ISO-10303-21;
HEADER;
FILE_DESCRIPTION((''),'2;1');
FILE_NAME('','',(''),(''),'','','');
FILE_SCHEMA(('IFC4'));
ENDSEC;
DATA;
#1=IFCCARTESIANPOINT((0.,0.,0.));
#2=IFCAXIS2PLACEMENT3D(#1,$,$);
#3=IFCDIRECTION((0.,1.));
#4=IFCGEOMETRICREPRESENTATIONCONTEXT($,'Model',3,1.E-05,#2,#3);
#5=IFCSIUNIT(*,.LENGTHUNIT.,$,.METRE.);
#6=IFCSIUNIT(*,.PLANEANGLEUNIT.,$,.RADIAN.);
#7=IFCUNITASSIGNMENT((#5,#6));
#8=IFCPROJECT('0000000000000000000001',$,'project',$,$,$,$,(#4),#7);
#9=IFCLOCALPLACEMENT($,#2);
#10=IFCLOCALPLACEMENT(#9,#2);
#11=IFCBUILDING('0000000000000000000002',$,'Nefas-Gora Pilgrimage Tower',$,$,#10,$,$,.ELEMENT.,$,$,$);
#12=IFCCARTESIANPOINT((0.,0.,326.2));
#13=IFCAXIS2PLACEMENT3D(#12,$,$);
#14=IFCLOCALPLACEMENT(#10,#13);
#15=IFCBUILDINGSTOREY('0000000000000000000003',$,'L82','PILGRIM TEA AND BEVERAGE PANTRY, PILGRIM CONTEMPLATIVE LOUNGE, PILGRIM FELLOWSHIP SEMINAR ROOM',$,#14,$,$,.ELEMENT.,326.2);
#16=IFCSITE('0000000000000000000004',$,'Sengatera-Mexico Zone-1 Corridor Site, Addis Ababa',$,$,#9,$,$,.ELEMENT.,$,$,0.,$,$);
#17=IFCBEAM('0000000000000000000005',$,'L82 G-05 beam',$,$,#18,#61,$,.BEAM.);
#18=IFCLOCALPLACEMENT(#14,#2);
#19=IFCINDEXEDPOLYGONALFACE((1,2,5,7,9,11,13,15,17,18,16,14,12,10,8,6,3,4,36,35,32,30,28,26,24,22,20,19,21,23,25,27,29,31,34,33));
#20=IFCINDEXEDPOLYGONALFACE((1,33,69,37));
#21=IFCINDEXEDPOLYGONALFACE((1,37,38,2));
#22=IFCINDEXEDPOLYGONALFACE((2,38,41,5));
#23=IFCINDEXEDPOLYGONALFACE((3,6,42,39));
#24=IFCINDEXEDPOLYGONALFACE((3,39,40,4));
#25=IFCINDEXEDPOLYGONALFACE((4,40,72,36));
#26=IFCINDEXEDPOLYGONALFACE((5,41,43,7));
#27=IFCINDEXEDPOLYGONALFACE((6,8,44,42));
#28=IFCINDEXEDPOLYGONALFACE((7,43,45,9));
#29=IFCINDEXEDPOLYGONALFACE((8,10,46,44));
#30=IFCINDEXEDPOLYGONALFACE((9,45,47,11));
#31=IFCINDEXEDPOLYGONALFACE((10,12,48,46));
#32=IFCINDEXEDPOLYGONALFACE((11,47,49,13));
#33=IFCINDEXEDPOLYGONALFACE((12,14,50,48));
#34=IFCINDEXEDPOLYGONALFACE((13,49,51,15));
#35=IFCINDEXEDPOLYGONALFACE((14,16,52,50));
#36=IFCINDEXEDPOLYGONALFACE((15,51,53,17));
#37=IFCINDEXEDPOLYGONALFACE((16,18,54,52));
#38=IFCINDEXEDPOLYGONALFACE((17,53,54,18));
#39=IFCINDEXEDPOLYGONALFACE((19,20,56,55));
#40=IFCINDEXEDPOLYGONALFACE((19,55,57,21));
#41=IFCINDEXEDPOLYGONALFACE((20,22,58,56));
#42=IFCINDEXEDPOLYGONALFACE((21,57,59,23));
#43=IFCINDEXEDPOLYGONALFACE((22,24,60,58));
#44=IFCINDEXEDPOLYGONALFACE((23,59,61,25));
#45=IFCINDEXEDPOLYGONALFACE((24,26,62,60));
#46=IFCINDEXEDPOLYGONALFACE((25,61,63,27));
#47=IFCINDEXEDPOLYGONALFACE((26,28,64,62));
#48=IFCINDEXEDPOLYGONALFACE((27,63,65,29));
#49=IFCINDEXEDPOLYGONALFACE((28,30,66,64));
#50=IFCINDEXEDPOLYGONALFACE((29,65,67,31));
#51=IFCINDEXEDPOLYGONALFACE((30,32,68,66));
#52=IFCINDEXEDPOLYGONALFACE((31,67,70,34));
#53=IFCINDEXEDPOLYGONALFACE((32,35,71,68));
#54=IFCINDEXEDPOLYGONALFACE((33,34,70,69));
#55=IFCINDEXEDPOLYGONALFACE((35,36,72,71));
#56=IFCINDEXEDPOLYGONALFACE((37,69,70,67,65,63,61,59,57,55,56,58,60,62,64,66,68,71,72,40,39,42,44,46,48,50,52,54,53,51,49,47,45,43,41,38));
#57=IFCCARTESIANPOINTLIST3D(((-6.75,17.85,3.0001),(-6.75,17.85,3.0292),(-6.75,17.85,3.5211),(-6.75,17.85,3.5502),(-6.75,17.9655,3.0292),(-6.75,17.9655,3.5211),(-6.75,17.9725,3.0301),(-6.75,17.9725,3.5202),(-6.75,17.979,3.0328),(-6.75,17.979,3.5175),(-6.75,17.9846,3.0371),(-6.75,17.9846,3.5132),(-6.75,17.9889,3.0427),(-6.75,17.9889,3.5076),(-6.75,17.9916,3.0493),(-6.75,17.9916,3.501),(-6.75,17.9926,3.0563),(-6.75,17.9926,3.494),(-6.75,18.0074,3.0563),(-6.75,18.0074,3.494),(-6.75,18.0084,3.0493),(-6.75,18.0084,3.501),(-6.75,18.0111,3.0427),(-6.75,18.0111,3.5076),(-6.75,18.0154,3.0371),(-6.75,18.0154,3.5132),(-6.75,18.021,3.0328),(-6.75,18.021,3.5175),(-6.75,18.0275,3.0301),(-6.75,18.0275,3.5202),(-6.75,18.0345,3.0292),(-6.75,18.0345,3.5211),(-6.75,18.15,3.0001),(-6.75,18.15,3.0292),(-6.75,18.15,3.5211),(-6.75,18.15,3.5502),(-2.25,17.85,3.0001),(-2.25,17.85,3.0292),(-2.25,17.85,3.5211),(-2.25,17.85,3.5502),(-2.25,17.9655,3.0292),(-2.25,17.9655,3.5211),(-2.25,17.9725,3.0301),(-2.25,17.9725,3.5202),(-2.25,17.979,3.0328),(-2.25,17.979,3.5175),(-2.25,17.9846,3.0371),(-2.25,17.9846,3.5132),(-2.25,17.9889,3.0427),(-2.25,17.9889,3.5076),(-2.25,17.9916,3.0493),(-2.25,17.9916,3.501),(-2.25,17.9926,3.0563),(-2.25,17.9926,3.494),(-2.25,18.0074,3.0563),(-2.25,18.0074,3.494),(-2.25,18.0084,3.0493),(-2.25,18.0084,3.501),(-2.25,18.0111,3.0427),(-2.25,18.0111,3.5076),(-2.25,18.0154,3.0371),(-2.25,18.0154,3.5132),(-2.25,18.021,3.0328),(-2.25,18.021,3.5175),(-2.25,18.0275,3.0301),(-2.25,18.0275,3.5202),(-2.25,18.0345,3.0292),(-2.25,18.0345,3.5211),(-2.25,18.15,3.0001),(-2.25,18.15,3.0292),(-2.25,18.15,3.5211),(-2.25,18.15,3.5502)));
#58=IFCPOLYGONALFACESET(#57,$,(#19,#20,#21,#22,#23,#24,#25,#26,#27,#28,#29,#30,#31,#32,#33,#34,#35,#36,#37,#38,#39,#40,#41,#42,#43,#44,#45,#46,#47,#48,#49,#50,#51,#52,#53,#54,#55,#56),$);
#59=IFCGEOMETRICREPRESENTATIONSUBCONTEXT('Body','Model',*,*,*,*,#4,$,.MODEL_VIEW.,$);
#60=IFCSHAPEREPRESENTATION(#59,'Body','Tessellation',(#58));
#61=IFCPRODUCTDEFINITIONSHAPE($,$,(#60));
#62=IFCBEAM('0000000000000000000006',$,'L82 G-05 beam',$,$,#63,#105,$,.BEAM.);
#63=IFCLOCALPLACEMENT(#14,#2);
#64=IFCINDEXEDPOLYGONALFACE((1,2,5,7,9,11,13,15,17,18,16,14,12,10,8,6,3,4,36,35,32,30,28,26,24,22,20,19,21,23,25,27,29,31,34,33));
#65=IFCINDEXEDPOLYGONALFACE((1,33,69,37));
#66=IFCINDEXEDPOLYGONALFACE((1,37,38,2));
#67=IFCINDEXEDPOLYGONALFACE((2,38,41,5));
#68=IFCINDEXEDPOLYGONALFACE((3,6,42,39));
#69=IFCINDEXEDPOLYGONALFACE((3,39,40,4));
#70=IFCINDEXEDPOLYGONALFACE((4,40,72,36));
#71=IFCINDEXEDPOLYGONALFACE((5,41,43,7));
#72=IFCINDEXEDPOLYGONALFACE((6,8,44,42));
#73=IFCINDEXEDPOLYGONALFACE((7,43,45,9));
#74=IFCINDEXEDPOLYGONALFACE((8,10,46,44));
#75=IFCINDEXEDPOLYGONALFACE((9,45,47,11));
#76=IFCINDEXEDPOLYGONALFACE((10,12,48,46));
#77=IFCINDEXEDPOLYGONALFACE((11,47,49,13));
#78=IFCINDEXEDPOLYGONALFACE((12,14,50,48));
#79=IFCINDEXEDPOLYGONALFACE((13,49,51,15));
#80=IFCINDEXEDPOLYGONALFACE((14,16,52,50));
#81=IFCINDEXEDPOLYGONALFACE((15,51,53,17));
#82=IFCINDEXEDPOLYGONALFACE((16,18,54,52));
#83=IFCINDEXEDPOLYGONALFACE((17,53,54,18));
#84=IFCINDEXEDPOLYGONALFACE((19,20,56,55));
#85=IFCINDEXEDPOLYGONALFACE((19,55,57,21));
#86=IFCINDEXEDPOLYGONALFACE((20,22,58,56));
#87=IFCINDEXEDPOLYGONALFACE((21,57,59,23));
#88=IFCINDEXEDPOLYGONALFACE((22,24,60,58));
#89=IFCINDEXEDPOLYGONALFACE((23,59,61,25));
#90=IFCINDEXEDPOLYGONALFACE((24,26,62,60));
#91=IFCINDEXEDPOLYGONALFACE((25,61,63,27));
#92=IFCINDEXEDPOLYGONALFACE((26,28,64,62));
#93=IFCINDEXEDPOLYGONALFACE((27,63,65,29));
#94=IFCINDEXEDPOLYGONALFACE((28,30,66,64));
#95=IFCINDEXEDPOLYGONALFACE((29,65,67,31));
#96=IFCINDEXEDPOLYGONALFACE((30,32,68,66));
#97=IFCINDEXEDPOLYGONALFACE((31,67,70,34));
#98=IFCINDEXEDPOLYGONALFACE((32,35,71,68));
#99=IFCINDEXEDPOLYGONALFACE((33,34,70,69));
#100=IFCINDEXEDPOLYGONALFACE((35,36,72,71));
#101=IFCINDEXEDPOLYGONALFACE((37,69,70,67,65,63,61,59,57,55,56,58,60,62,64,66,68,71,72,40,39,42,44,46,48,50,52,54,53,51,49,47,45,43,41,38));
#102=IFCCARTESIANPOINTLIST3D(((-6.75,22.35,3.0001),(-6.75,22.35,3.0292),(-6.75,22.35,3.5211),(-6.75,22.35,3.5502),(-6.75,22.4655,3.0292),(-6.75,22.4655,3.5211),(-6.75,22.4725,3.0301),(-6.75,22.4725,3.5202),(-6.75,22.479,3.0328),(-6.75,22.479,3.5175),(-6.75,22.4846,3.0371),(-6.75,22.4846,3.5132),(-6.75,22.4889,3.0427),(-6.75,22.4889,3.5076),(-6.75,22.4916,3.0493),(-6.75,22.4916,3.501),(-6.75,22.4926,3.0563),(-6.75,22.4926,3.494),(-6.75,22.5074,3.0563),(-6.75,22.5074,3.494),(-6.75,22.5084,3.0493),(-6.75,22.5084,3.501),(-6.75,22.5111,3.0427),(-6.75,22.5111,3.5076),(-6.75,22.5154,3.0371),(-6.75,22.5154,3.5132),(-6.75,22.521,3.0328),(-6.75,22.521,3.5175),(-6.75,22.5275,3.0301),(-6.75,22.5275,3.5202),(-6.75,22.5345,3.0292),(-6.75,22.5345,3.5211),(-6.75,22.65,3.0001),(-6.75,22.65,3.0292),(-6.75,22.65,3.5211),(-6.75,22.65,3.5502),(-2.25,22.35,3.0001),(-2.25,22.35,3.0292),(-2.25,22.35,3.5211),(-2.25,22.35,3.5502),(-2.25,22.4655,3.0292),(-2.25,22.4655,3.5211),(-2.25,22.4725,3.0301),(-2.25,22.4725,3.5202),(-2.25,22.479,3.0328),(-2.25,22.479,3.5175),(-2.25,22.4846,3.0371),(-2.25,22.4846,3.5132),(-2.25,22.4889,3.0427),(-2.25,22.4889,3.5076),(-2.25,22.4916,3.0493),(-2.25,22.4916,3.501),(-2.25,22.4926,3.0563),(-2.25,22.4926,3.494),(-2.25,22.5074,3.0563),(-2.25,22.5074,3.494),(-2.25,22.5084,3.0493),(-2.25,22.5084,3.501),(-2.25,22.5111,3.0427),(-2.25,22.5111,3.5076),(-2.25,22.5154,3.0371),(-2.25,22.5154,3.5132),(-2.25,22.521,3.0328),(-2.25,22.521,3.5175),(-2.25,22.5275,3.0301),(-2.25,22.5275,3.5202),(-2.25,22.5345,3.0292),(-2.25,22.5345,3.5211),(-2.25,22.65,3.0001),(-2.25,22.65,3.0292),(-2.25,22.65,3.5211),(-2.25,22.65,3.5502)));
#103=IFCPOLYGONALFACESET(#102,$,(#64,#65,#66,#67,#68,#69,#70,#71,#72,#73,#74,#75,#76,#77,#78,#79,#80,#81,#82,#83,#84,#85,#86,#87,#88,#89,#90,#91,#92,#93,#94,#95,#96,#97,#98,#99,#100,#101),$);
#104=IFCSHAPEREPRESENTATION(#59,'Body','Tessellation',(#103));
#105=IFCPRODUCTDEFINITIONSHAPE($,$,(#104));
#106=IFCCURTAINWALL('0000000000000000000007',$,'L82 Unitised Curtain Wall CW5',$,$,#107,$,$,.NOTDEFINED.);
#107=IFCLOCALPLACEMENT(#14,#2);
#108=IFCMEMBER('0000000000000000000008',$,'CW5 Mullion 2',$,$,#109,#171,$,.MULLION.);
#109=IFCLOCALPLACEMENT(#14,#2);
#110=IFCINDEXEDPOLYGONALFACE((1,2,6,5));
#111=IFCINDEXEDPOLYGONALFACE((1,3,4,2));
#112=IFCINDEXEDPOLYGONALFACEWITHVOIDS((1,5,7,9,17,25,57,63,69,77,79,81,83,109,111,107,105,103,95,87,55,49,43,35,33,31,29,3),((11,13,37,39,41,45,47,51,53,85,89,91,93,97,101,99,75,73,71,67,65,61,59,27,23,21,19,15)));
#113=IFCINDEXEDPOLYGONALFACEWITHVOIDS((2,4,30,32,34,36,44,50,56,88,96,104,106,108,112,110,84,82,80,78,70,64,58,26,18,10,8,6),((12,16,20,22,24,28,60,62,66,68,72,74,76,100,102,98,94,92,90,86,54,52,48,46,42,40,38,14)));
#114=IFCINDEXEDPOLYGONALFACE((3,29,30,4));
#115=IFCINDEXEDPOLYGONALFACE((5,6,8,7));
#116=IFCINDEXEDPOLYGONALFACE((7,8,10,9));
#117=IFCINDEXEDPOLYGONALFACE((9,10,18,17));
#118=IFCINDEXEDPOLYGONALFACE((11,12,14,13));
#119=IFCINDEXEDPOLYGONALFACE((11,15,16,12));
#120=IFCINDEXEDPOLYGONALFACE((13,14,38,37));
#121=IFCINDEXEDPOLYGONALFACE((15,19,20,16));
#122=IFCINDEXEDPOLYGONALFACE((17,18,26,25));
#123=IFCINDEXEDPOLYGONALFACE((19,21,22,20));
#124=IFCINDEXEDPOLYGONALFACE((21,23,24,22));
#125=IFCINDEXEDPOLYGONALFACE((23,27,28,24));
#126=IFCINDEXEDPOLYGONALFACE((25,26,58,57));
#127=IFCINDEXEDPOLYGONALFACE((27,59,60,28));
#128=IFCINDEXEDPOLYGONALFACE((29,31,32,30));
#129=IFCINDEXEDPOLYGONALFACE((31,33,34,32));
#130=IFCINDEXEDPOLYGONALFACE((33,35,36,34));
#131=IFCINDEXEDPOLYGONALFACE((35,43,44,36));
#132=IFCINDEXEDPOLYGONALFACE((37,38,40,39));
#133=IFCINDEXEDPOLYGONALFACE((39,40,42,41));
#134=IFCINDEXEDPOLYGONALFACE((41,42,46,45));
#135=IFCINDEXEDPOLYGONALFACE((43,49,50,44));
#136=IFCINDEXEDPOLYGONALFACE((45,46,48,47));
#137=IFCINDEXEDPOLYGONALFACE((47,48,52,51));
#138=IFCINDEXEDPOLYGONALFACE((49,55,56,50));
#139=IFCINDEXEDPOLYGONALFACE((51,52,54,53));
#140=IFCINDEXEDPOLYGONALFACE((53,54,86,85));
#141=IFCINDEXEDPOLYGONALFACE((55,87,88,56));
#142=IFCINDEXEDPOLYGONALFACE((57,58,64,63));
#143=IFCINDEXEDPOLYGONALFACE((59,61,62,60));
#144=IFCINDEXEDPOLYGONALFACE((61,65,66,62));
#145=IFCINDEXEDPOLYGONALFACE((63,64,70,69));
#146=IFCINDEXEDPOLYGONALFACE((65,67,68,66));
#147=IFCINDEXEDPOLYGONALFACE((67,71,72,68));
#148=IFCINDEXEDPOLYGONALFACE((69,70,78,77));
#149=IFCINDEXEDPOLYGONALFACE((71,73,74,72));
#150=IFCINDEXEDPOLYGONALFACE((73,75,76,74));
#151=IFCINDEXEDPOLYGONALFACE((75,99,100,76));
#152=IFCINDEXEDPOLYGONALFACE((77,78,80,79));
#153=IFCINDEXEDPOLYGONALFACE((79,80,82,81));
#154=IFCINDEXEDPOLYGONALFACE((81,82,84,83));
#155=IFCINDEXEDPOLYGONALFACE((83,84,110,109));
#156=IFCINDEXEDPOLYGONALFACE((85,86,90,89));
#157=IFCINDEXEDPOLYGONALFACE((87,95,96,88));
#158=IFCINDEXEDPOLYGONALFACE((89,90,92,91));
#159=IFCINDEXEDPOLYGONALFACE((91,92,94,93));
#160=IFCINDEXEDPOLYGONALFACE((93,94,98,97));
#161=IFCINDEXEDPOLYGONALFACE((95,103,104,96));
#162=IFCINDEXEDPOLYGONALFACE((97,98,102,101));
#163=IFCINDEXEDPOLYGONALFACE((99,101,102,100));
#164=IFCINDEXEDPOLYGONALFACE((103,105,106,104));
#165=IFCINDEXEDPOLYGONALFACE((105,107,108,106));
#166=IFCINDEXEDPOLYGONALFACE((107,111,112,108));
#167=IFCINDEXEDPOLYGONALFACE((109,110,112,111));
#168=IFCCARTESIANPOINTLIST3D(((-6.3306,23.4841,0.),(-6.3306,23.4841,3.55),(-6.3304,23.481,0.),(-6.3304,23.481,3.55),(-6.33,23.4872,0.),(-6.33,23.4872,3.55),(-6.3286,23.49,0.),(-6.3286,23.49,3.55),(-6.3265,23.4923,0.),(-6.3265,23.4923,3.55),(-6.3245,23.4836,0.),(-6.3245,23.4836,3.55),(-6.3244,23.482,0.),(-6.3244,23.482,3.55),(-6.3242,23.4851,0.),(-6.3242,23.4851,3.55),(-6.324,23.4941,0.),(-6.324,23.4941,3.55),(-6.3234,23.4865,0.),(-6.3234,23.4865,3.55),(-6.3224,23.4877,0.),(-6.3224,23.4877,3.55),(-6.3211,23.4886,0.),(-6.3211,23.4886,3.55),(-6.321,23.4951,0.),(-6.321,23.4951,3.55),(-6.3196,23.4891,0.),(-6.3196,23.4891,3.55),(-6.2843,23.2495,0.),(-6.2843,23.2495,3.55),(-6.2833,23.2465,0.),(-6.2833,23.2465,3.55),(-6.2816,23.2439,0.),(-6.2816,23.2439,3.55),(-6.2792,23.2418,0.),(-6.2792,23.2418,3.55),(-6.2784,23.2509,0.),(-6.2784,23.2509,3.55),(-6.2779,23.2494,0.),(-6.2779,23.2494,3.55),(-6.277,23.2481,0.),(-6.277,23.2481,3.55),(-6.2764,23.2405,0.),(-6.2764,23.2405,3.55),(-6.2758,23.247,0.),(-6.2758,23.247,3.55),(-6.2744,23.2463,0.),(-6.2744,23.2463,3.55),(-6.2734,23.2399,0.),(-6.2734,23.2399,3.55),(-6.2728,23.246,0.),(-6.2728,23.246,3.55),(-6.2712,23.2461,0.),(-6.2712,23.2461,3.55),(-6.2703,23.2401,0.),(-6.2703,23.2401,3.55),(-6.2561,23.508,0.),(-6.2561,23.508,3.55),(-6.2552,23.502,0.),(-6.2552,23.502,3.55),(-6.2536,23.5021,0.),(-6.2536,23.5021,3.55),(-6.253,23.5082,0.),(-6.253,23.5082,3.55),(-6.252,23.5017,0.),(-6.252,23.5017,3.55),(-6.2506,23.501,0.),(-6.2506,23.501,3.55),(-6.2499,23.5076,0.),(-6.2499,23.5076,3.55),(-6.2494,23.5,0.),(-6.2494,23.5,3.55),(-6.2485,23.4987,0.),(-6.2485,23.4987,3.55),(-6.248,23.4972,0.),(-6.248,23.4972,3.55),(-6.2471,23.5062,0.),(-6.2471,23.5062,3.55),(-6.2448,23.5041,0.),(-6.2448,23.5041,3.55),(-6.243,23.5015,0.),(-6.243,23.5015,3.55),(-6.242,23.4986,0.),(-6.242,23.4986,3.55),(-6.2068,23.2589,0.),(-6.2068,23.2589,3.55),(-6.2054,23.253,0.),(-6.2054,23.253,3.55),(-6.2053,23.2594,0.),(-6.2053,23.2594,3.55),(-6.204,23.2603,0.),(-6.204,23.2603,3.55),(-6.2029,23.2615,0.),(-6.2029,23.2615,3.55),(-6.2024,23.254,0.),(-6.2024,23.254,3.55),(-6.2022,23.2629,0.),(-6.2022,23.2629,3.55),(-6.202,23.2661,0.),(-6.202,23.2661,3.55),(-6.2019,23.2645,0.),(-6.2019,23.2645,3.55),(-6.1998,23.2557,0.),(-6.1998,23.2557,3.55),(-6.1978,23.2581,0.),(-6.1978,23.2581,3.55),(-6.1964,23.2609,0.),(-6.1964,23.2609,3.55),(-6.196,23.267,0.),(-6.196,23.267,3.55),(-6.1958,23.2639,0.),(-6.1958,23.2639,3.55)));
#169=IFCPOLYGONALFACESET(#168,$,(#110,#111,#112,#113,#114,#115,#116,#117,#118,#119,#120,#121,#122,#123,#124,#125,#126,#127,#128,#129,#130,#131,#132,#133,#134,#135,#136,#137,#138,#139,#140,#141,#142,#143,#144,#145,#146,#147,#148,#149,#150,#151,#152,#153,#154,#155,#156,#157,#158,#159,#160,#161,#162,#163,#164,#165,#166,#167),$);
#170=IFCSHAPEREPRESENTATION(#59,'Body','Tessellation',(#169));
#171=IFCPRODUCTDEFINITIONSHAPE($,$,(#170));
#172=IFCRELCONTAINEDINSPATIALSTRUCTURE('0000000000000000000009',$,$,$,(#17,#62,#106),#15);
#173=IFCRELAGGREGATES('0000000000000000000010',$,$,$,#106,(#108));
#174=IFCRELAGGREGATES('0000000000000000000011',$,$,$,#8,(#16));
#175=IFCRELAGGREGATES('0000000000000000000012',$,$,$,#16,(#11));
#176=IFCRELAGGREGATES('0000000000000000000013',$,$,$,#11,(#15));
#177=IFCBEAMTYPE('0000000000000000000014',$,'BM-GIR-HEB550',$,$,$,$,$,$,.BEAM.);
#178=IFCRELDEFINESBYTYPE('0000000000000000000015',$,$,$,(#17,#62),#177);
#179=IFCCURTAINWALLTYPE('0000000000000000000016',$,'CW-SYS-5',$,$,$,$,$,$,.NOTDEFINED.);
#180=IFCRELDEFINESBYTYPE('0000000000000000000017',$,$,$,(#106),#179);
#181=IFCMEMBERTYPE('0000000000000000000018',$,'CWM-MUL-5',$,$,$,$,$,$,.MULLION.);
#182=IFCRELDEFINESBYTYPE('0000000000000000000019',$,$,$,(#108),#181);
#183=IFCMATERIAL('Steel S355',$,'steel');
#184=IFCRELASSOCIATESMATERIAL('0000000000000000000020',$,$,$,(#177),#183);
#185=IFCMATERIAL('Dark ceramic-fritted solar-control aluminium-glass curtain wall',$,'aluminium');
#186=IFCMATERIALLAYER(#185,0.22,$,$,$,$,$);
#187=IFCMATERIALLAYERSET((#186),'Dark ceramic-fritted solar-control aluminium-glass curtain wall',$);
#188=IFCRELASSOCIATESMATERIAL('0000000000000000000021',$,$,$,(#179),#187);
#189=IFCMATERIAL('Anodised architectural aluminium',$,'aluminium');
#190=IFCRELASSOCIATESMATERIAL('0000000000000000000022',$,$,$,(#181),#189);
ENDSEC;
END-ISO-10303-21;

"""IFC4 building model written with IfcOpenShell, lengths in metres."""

from ifc_helpers import new_model, si_unit, direction, frame, origin, origin_2d, place, context, subcontext, project, spatial, hollow_rectangle, i_section, extrude, source, transform, mapped, material, layer, layer_set, material_profile, profile_set, type_object, element, aggregate, save


model = new_model("IFC4")

# Units and contexts
model_context = context("Model", 3, precision=1e-05, world=origin(), true_north=direction((0.0, 1.0)))
body_context = subcontext(model_context, "Body", "Model", "MODEL_VIEW")
ifc_project = project(units=[si_unit("LENGTHUNIT", "METRE"), si_unit("PLANEANGLEUNIT", "RADIAN")], contexts=[model_context])

# Site, building, storey
site_placement = place(None, origin())
site = spatial("IfcSite", under=ifc_project, at=site_placement, Name="Sengatera-Mexico Zone-1 Corridor Site, Addis Ababa", CompositionType="ELEMENT", RefElevation=0.0)
building_placement = place(site_placement, origin())
building = spatial("IfcBuilding", under=site, at=building_placement, Name="Nefas-Gora Pilgrimage Tower", CompositionType="ELEMENT")
storey_placement = place(building_placement, frame((0.0, 0.0, 326.2)))
storey = spatial("IfcBuildingStorey", under=building, at=storey_placement, Name="L82", Description="PILGRIM TEA AND BEVERAGE PANTRY, PILGRIM CONTEMPLATIVE LOUNGE, PILGRIM FELLOWSHIP SEMINAR ROOM", CompositionType="ELEMENT", Elevation=326.2)

# Shared definitions
ifc_material_1 = material(Name="Steel S355", Category="steel")

# Beams
ifc_material_profile_1 = material_profile(ifc_material_1, i_section(OverallWidth=0.3, OverallDepth=0.55, WebThickness=0.0149, FlangeThickness=0.0291, FilletRadius=0.0271, at=origin_2d()), Name="HEB 550")
ifc_profile_set_1 = profile_set([ifc_material_profile_1], Name="Steel S355")
beam_type = type_object("IfcBeamType", Name="BM-GIR-HEB550", PredefinedType="BEAM", material=ifc_profile_set_1)
shared_shape_1 = source(origin(), body_context, "Body", "SweptSolid", [
    extrude(i_section(OverallWidth=0.3, OverallDepth=0.55, WebThickness=0.0149, FlangeThickness=0.0291, FilletRadius=0.0271, at=origin_2d()), origin(), (0.0, 0.0, 1.0), 4.5),
])
for number, where, z_axis, x_axis, name in (
    (1, (-6.75, 18.0, 3.2751), (1.0, 0.0, 0.0), (0.0, 1.0, 0.0), "L82 G-05 beam"),
    (2, (-6.75, 22.5, 3.2751), (1.0, 0.0, 0.0), (0.0, 1.0, 0.0), "L82 G-05 beam"),
):
    element("IfcBeam", number, at=place(storey_placement, frame(where, z_axis=z_axis, x_axis=x_axis)), inside=storey, type_object=beam_type, Name=name, PredefinedType="BEAM", context=body_context, shape_type="MappedRepresentation", body=[
        mapped(shared_shape_1, transform((0.0, 0.0, 0.0), x_axis=(1.0, 0.0, 0.0), y_axis=(0.0, 1.0, 0.0), z_axis=(0.0, 0.0, 1.0), scale=1.0)),
    ])

# Curtain wall, member
ifc_material_2 = material(Name="Dark ceramic-fritted solar-control aluminium-glass curtain wall", Category="aluminium")
ifc_layer_1 = layer(ifc_material_2, 0.22)
ifc_layer_set_1 = layer_set([ifc_layer_1], Name="Dark ceramic-fritted solar-control aluminium-glass curtain wall")
curtain_wall_type = type_object("IfcCurtainWallType", Name="CW-SYS-5", PredefinedType="NOTDEFINED", material=ifc_layer_set_1)
curtain_wall_1_placement = place(storey_placement, origin())
curtain_wall_1 = element("IfcCurtainWall", 3, at=curtain_wall_1_placement, inside=storey, type_object=curtain_wall_type, Name="L82 Unitised Curtain Wall CW5", PredefinedType="NOTDEFINED")
ifc_material_3 = material(Name="Anodised architectural aluminium", Category="aluminium")
ifc_material_profile_2 = material_profile(ifc_material_3, hollow_rectangle(XDim=0.0901, YDim=0.26, WallThickness=0.0061, InnerFilletRadius=0.0061, OuterFilletRadius=0.012, at=origin_2d()), Name="ALU MULLION 90x260")
ifc_profile_set_2 = profile_set([ifc_material_profile_2], Name="Anodised architectural aluminium")
member_type_1 = type_object("IfcMemberType", Name="CWM-MUL-5", PredefinedType="MULLION", material=ifc_profile_set_2)
shared_shape_2 = source(origin(), body_context, "Body", "SweptSolid", [
    extrude(hollow_rectangle(XDim=0.0901, YDim=0.26, WallThickness=0.0061, InnerFilletRadius=0.0061, OuterFilletRadius=0.012, at=origin_2d()), origin(), (0.0, 0.0, 1.0), 3.55),
])
member_1_placement = place(storey_placement, frame((-6.2632, 23.374, 0.0), z_axis=(0.0, 0.0, 1.0), x_axis=(-0.980783, -0.195102, 0.0)))
member_1 = element("IfcMember", 4, at=member_1_placement, type_object=member_type_1, Name="CW5 Mullion 2", PredefinedType="MULLION", context=body_context, shape_type="MappedRepresentation", body=[
    mapped(shared_shape_2, transform((0.0, 0.0, 0.0), x_axis=(1.0, 0.0, 0.0), y_axis=(0.0, 1.0, 0.0), z_axis=(0.0, 0.0, 1.0), scale=1.0)),
])

aggregate(curtain_wall_1, [member_1])

save(model, "model.ifc")
